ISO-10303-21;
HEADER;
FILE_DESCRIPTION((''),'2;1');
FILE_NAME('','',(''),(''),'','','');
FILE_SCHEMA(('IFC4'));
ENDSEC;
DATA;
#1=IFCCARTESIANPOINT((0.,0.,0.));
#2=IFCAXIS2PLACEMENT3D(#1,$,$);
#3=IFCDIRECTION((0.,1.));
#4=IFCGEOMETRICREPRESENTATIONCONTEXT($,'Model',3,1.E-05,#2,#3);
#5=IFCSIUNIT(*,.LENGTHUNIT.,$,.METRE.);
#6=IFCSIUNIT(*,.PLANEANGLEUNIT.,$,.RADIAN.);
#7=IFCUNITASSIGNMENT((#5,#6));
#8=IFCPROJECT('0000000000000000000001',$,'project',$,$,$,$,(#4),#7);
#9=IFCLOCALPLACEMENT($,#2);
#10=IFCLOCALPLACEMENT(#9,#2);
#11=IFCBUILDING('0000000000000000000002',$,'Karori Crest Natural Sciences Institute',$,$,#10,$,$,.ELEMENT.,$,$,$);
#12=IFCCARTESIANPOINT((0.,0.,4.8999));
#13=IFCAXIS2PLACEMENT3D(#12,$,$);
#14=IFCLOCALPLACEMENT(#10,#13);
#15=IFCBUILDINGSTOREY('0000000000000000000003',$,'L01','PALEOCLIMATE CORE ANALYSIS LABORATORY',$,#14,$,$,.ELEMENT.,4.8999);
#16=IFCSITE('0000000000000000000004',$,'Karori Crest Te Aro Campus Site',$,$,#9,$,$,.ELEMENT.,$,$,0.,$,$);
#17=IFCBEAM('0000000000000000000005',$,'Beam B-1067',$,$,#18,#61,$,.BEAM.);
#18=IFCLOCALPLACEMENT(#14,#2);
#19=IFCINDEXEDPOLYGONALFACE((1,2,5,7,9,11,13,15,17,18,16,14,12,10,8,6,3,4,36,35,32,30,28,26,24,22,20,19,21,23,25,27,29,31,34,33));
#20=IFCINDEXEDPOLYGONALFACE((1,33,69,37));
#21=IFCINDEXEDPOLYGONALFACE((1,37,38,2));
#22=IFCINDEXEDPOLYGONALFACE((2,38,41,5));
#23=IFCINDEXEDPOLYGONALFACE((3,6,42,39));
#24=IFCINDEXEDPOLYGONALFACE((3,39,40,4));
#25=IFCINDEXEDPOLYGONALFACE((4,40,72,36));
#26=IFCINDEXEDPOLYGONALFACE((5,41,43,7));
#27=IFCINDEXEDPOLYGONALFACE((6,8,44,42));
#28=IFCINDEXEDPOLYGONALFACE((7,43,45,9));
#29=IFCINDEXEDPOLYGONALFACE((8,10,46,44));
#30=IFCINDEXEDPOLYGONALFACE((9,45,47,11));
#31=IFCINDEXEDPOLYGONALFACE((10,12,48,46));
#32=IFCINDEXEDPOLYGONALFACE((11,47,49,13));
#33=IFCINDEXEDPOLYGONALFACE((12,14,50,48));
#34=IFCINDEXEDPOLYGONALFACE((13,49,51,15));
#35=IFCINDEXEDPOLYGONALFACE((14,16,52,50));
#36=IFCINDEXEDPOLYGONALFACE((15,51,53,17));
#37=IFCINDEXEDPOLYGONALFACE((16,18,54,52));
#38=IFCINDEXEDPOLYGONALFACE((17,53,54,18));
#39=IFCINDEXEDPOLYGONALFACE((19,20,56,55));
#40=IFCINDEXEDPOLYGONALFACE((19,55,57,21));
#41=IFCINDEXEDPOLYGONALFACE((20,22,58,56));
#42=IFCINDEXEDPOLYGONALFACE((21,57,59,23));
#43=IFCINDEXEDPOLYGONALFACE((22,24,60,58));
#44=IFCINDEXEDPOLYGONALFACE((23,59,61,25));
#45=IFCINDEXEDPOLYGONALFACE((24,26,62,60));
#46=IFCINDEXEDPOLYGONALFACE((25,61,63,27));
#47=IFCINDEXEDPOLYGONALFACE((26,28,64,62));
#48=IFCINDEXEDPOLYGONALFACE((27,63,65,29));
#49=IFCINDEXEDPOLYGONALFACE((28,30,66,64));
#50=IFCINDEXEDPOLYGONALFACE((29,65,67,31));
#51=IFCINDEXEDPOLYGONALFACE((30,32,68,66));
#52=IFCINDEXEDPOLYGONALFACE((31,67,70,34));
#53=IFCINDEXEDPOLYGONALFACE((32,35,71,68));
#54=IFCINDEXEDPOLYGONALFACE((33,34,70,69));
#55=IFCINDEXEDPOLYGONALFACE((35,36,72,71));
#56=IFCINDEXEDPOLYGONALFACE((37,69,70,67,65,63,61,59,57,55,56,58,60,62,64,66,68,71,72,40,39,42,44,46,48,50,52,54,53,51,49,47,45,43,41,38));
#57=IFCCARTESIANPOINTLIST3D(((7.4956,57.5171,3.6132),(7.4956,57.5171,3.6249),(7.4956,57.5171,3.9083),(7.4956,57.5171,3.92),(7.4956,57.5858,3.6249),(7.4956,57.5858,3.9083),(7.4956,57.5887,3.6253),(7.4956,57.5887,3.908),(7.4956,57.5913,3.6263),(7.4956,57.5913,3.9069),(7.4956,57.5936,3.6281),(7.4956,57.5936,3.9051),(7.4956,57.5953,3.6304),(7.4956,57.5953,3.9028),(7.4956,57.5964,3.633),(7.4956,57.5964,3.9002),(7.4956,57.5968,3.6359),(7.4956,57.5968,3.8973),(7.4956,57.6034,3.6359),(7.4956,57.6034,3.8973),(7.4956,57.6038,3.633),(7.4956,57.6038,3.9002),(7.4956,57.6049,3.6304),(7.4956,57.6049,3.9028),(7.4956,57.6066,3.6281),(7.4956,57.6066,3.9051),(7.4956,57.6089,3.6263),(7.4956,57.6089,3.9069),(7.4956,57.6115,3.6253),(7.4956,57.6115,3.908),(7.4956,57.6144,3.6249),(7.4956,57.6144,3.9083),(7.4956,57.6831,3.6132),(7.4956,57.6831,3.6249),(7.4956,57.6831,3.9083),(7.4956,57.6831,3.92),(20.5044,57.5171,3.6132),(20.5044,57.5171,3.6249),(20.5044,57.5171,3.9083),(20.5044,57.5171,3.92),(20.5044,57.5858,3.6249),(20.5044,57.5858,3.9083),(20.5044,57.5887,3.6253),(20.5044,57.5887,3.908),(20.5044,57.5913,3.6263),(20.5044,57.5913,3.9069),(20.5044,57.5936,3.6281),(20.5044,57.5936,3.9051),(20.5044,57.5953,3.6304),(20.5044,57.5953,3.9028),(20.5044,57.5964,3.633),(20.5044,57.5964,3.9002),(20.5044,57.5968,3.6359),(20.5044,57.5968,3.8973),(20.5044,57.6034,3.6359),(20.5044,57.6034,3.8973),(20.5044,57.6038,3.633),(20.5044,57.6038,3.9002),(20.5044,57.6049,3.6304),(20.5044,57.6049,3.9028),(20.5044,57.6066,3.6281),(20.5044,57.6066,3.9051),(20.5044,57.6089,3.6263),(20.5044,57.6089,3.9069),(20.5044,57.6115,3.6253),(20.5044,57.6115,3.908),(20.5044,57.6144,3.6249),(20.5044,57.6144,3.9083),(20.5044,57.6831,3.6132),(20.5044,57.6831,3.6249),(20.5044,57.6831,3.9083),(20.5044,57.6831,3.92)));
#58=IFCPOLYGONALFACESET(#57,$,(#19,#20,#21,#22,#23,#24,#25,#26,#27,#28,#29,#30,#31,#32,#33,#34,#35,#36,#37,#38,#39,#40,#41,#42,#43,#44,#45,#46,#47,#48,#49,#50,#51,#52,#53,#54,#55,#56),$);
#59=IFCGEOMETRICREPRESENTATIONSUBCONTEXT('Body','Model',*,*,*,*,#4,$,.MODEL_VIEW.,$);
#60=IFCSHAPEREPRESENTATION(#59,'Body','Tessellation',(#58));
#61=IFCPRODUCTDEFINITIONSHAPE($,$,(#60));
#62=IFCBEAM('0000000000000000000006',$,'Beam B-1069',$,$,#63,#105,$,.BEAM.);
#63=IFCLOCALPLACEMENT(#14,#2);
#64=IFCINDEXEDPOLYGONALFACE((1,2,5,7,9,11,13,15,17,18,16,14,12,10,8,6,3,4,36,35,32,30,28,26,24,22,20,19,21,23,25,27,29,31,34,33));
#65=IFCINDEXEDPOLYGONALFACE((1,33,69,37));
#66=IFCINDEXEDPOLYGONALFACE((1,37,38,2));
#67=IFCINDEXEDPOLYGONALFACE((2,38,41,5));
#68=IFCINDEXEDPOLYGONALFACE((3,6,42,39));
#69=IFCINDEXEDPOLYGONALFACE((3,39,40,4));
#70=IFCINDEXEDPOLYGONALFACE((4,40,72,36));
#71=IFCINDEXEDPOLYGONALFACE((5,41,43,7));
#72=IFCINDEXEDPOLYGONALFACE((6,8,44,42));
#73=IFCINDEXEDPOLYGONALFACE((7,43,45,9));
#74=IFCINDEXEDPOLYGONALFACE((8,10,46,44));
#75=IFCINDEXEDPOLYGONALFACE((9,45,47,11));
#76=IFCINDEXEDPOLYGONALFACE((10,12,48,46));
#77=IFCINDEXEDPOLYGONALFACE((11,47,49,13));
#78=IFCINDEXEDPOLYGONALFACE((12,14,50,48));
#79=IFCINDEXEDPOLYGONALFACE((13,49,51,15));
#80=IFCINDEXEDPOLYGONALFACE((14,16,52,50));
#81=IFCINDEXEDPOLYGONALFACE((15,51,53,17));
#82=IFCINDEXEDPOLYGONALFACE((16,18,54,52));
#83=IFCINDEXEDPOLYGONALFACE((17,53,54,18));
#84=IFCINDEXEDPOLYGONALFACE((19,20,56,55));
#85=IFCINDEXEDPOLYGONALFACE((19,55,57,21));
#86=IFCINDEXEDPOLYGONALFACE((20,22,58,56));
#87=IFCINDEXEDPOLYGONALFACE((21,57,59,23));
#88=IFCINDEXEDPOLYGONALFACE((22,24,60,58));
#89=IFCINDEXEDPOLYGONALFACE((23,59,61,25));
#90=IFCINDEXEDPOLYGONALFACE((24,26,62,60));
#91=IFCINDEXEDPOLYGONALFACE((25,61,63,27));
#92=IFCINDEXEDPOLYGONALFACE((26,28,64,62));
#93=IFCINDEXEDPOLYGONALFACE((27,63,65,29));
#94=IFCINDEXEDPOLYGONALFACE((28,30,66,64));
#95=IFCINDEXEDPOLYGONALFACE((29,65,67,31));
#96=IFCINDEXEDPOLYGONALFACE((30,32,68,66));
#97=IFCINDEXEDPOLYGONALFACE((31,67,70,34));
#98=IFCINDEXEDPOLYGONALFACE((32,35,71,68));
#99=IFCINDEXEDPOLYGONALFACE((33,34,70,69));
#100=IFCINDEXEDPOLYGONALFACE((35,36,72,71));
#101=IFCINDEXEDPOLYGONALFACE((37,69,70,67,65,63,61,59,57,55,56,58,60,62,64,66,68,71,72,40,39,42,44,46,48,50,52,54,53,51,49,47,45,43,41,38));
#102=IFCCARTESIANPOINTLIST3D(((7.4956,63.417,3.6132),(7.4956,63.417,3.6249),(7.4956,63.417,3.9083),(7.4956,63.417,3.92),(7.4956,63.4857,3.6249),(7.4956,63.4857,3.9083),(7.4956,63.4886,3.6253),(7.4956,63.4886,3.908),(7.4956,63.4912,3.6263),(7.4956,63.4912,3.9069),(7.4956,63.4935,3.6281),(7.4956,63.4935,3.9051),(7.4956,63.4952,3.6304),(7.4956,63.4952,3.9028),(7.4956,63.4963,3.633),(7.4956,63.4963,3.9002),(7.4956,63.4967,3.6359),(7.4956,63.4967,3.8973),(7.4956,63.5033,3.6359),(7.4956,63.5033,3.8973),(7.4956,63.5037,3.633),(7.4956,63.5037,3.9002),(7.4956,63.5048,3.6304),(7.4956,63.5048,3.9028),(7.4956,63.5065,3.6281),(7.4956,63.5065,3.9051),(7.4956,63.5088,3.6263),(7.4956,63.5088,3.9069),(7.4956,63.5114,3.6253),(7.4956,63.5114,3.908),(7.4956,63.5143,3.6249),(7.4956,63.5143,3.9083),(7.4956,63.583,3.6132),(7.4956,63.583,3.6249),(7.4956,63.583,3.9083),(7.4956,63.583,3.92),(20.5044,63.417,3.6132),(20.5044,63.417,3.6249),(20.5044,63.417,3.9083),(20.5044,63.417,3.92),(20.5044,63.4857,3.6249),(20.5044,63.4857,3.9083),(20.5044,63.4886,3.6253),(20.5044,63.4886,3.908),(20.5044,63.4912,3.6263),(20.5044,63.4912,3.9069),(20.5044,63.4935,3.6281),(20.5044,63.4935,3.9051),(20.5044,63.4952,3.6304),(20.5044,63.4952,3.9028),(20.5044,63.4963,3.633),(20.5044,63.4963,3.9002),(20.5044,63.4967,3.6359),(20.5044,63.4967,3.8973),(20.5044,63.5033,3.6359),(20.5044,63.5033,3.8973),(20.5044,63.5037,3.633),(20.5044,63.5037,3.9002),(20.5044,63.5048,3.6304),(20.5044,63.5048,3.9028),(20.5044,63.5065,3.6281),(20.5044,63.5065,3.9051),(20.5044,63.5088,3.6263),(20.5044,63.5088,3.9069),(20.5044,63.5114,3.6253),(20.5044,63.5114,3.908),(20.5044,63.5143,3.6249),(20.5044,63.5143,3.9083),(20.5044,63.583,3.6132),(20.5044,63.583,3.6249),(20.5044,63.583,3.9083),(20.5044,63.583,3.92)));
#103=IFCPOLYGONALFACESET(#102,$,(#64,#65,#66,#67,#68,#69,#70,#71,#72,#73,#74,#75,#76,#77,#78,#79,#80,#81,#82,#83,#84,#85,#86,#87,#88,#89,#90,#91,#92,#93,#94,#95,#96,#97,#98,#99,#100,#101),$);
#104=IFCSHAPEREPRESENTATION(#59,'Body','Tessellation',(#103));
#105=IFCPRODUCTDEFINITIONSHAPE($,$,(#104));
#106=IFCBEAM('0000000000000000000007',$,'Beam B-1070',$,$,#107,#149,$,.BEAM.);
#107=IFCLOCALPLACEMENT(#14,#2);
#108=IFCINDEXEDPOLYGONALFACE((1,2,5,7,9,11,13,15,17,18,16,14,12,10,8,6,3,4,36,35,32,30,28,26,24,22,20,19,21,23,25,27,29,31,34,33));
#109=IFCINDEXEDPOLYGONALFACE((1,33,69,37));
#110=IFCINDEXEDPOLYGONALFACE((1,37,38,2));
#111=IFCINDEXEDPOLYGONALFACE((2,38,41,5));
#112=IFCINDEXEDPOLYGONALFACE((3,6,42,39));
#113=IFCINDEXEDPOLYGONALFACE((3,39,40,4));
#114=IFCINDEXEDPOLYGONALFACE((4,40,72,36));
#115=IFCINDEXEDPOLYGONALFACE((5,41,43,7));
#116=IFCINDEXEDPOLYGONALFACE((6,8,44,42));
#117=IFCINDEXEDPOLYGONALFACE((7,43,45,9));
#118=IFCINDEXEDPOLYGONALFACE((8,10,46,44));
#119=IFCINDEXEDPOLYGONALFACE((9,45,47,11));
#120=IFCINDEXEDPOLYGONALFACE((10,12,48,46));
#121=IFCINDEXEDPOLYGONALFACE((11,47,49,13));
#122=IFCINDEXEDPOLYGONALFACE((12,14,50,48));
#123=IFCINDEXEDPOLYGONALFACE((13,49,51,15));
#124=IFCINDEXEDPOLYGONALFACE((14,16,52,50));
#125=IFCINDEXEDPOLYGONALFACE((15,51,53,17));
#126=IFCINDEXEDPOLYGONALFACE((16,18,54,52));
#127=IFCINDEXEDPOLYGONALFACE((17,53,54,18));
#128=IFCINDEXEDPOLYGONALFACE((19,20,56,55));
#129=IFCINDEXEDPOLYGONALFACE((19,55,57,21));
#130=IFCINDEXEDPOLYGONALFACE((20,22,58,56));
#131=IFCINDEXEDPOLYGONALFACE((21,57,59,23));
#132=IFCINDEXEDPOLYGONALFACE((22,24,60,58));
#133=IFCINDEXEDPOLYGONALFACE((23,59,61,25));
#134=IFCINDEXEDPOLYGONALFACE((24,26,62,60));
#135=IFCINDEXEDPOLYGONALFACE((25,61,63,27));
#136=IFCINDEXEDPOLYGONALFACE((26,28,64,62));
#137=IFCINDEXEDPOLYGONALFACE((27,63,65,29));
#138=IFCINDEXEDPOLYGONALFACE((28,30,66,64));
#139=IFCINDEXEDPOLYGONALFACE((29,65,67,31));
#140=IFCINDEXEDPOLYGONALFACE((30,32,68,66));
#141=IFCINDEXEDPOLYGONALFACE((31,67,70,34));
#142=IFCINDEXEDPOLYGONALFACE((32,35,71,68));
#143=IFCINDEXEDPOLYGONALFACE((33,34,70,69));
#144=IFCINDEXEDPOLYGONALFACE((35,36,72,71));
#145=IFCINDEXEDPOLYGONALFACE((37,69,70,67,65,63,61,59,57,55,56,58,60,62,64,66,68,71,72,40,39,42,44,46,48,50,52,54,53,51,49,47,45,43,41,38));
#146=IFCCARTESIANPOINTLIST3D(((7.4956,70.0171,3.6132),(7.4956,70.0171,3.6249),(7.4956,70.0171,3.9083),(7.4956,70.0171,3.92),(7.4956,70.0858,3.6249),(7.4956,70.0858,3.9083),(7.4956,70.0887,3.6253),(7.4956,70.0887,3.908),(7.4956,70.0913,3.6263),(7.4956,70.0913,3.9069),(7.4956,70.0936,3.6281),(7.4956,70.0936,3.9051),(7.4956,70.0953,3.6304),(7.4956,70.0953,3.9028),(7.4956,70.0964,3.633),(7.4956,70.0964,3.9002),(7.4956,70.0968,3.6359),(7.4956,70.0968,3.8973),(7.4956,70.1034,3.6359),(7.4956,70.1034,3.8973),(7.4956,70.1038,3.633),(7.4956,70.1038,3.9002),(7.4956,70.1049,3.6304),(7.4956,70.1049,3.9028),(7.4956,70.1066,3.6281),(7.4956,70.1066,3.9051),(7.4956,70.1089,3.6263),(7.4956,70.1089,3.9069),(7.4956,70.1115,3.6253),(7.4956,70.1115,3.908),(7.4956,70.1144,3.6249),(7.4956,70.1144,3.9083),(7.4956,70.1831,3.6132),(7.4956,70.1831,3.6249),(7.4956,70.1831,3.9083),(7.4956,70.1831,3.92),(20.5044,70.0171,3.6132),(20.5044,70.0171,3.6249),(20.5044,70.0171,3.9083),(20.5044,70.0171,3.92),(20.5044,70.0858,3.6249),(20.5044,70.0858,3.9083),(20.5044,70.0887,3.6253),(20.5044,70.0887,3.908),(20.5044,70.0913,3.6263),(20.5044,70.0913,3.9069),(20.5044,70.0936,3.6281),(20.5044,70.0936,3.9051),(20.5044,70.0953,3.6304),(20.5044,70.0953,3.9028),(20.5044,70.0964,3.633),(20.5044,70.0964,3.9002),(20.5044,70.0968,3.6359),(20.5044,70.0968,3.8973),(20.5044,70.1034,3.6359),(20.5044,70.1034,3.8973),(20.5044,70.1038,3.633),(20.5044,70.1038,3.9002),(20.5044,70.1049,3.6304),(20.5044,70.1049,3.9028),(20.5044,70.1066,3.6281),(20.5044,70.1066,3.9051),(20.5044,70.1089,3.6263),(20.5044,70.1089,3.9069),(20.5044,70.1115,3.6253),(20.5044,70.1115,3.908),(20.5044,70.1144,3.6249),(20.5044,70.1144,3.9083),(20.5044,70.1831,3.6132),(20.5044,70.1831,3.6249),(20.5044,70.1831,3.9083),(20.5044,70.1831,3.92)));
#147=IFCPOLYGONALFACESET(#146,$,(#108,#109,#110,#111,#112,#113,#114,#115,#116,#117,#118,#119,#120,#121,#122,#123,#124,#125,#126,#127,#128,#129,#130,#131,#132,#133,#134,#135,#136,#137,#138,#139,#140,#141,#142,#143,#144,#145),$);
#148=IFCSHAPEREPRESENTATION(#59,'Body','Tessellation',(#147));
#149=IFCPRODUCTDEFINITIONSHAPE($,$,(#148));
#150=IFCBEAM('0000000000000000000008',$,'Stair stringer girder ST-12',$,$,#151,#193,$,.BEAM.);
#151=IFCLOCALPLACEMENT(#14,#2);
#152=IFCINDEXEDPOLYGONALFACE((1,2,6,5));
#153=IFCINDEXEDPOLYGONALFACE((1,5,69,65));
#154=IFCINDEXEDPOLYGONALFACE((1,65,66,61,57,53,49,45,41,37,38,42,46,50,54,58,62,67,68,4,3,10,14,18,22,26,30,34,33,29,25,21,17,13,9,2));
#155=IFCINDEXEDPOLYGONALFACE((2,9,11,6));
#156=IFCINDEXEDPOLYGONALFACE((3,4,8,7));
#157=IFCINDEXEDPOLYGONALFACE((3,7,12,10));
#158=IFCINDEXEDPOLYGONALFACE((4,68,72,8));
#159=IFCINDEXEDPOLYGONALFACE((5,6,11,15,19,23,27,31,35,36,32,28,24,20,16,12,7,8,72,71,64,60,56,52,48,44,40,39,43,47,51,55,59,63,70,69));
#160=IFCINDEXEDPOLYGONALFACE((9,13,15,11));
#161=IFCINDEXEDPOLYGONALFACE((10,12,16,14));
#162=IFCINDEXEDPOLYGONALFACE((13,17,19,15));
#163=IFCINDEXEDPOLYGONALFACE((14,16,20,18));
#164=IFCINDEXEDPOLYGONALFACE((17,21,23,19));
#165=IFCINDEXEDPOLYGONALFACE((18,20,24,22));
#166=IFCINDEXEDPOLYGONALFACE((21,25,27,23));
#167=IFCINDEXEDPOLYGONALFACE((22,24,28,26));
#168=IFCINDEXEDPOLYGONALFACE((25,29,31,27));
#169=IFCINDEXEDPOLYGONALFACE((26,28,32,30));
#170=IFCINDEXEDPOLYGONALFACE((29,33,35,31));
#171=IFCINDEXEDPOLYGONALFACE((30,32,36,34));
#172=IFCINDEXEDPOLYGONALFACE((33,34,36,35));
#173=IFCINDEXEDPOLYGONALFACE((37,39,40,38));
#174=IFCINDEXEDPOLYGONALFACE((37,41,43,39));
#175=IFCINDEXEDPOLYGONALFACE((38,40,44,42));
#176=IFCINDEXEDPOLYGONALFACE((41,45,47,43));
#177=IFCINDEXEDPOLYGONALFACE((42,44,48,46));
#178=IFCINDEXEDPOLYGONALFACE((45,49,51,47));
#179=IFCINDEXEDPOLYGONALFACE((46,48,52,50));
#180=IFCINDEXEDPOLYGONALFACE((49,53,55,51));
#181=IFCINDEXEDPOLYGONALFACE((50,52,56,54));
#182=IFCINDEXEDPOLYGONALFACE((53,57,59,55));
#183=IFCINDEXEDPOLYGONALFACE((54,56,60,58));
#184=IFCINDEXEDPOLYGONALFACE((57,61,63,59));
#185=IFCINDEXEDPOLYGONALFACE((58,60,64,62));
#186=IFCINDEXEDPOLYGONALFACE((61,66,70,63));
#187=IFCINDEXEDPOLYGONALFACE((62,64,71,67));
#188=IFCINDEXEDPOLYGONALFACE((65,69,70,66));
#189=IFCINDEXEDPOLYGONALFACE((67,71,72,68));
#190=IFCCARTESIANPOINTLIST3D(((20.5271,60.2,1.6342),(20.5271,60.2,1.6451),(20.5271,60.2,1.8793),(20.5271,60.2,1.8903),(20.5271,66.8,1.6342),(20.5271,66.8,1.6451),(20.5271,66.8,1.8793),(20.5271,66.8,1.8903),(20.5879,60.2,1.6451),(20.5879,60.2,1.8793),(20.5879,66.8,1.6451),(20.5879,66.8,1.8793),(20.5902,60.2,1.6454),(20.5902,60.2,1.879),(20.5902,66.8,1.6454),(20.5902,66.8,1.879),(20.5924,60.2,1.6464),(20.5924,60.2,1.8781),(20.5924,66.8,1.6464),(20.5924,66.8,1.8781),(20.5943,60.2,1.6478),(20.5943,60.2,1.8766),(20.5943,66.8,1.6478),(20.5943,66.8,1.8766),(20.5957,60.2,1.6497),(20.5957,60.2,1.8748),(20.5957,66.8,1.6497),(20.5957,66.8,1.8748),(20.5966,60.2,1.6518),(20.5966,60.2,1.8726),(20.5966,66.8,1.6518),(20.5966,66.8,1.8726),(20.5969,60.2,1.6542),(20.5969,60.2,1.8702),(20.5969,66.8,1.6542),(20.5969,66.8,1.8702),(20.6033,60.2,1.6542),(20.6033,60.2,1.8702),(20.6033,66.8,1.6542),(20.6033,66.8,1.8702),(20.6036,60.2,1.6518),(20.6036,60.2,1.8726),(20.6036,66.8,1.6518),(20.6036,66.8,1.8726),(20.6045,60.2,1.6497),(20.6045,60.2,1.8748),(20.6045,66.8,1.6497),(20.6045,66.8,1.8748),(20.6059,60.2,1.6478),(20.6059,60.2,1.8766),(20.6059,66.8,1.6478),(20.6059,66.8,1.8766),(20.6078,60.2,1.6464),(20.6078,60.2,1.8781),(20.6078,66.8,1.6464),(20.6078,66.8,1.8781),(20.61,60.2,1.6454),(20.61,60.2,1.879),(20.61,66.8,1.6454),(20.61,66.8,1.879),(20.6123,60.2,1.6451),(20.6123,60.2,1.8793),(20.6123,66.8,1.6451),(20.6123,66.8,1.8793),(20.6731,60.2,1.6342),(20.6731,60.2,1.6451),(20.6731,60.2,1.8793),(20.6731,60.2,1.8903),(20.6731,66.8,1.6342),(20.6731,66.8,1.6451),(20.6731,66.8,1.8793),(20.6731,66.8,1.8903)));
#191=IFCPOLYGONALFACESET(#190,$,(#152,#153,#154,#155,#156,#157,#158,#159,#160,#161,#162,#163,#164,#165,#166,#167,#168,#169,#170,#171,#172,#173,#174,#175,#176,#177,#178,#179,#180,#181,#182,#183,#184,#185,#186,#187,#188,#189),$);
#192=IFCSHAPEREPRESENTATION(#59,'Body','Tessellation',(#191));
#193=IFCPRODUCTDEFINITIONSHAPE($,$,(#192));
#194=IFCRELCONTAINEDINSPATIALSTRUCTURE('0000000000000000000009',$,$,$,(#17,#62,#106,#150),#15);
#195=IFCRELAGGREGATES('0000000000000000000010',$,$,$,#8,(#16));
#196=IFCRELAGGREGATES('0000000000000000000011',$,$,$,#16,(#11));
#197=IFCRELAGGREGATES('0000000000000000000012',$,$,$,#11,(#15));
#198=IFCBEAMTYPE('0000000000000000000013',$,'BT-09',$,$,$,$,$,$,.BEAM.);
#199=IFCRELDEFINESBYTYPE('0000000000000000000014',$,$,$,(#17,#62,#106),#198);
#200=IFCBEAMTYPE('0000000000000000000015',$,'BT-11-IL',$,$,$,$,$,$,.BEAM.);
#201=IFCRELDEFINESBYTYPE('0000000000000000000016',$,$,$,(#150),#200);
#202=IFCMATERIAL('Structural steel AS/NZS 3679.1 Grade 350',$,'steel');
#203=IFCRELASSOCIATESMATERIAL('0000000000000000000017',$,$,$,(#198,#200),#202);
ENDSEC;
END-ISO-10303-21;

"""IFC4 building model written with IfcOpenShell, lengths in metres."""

from ifc_helpers import new_model, si_unit, direction, frame, origin, origin_2d, place, context, subcontext, project, spatial, i_section, extrude, material, material_profile, profile_set, type_object, element, save


model = new_model("IFC4")

# Units and contexts
model_context = context("Model", 3, precision=1e-05, world=origin(), true_north=direction((0.0, 1.0)))
body_context = subcontext(model_context, "Body", "Model", "MODEL_VIEW")
ifc_project = project(units=[si_unit("LENGTHUNIT", "METRE"), si_unit("PLANEANGLEUNIT", "RADIAN")], contexts=[model_context])

# Site, building, storey
site_placement = place(None, origin())
site = spatial("IfcSite", under=ifc_project, at=site_placement, Name="Karori Crest Te Aro Campus Site", CompositionType="ELEMENT", RefElevation=0.0)
building_placement = place(site_placement, origin())
building = spatial("IfcBuilding", under=site, at=building_placement, Name="Karori Crest Natural Sciences Institute", CompositionType="ELEMENT")
storey_placement = place(building_placement, frame((0.0, 0.0, 4.8999)))
storey = spatial("IfcBuildingStorey", under=building, at=storey_placement, Name="L01", Description="PALEOCLIMATE CORE ANALYSIS LABORATORY", CompositionType="ELEMENT", Elevation=4.8999)

# Shared definitions
ifc_material_1 = material(Name="Structural steel AS/NZS 3679.1 Grade 350", Category="steel")

# Beams
ifc_material_profile_1 = material_profile(ifc_material_1, i_section(OverallWidth=0.166, OverallDepth=0.3069, WebThickness=0.0066, FlangeThickness=0.0117, FilletRadius=0.011, at=origin_2d()), Name="310UB46.2")
ifc_profile_set_1 = profile_set([ifc_material_profile_1], Name="Structural steel AS/NZS 3679.1 Grade 350")
beam_type_1 = type_object("IfcBeamType", Name="BT-09", PredefinedType="BEAM", material=ifc_profile_set_1)
for number, where, z_axis, x_axis, name in (
    (1, (7.4956, 57.6001, 3.7666), (1.0, 0.0, 0.0), (0.0, 1.0, 0.0), "Beam B-1067"),
    (2, (7.4956, 63.5, 3.7666), (1.0, 0.0, 0.0), (0.0, 1.0, 0.0), "Beam B-1069"),
    (3, (7.4956, 70.1001, 3.7666), (1.0, 0.0, 0.0), (0.0, 1.0, 0.0), "Beam B-1070"),
):
    element("IfcBeam", number, at=place(storey_placement, frame(where, z_axis=z_axis, x_axis=x_axis)), inside=storey, type_object=beam_type_1, Name=name, PredefinedType="BEAM", context=body_context, shape_type="SweptSolid", body=[
        extrude(i_section(OverallWidth=0.166, OverallDepth=0.3069, WebThickness=0.0066, FlangeThickness=0.0117, FilletRadius=0.011, at=origin_2d()), origin(), (0.0, 0.0, 1.0), 13.0088),
    ])
ifc_material_profile_2 = material_profile(ifc_material_1, i_section(OverallWidth=0.146, OverallDepth=0.2561, WebThickness=0.0063, FlangeThickness=0.011, FilletRadius=0.009, at=origin_2d()), Name="250UB37.3")
ifc_profile_set_2 = profile_set([ifc_material_profile_2], Name="Structural steel AS/NZS 3679.1 Grade 350")
beam_type_2 = type_object("IfcBeamType", Name="BT-11-IL", PredefinedType="BEAM", material=ifc_profile_set_2)
beam_1_placement = place(storey_placement, frame((20.6001, 60.2, 1.7622), z_axis=(0.0, 1.0, 0.0), x_axis=(-1.0, 0.0, 0.0)))
element("IfcBeam", 4, at=beam_1_placement, inside=storey, type_object=beam_type_2, Name="Stair stringer girder ST-12", PredefinedType="BEAM", context=body_context, shape_type="SweptSolid", body=[
    extrude(i_section(OverallWidth=0.146, OverallDepth=0.2561, WebThickness=0.0063, FlangeThickness=0.011, FilletRadius=0.009, at=origin_2d()), origin(), (0.0, 0.0, 1.0), 6.6001),
])

save(model, "model.ifc")
